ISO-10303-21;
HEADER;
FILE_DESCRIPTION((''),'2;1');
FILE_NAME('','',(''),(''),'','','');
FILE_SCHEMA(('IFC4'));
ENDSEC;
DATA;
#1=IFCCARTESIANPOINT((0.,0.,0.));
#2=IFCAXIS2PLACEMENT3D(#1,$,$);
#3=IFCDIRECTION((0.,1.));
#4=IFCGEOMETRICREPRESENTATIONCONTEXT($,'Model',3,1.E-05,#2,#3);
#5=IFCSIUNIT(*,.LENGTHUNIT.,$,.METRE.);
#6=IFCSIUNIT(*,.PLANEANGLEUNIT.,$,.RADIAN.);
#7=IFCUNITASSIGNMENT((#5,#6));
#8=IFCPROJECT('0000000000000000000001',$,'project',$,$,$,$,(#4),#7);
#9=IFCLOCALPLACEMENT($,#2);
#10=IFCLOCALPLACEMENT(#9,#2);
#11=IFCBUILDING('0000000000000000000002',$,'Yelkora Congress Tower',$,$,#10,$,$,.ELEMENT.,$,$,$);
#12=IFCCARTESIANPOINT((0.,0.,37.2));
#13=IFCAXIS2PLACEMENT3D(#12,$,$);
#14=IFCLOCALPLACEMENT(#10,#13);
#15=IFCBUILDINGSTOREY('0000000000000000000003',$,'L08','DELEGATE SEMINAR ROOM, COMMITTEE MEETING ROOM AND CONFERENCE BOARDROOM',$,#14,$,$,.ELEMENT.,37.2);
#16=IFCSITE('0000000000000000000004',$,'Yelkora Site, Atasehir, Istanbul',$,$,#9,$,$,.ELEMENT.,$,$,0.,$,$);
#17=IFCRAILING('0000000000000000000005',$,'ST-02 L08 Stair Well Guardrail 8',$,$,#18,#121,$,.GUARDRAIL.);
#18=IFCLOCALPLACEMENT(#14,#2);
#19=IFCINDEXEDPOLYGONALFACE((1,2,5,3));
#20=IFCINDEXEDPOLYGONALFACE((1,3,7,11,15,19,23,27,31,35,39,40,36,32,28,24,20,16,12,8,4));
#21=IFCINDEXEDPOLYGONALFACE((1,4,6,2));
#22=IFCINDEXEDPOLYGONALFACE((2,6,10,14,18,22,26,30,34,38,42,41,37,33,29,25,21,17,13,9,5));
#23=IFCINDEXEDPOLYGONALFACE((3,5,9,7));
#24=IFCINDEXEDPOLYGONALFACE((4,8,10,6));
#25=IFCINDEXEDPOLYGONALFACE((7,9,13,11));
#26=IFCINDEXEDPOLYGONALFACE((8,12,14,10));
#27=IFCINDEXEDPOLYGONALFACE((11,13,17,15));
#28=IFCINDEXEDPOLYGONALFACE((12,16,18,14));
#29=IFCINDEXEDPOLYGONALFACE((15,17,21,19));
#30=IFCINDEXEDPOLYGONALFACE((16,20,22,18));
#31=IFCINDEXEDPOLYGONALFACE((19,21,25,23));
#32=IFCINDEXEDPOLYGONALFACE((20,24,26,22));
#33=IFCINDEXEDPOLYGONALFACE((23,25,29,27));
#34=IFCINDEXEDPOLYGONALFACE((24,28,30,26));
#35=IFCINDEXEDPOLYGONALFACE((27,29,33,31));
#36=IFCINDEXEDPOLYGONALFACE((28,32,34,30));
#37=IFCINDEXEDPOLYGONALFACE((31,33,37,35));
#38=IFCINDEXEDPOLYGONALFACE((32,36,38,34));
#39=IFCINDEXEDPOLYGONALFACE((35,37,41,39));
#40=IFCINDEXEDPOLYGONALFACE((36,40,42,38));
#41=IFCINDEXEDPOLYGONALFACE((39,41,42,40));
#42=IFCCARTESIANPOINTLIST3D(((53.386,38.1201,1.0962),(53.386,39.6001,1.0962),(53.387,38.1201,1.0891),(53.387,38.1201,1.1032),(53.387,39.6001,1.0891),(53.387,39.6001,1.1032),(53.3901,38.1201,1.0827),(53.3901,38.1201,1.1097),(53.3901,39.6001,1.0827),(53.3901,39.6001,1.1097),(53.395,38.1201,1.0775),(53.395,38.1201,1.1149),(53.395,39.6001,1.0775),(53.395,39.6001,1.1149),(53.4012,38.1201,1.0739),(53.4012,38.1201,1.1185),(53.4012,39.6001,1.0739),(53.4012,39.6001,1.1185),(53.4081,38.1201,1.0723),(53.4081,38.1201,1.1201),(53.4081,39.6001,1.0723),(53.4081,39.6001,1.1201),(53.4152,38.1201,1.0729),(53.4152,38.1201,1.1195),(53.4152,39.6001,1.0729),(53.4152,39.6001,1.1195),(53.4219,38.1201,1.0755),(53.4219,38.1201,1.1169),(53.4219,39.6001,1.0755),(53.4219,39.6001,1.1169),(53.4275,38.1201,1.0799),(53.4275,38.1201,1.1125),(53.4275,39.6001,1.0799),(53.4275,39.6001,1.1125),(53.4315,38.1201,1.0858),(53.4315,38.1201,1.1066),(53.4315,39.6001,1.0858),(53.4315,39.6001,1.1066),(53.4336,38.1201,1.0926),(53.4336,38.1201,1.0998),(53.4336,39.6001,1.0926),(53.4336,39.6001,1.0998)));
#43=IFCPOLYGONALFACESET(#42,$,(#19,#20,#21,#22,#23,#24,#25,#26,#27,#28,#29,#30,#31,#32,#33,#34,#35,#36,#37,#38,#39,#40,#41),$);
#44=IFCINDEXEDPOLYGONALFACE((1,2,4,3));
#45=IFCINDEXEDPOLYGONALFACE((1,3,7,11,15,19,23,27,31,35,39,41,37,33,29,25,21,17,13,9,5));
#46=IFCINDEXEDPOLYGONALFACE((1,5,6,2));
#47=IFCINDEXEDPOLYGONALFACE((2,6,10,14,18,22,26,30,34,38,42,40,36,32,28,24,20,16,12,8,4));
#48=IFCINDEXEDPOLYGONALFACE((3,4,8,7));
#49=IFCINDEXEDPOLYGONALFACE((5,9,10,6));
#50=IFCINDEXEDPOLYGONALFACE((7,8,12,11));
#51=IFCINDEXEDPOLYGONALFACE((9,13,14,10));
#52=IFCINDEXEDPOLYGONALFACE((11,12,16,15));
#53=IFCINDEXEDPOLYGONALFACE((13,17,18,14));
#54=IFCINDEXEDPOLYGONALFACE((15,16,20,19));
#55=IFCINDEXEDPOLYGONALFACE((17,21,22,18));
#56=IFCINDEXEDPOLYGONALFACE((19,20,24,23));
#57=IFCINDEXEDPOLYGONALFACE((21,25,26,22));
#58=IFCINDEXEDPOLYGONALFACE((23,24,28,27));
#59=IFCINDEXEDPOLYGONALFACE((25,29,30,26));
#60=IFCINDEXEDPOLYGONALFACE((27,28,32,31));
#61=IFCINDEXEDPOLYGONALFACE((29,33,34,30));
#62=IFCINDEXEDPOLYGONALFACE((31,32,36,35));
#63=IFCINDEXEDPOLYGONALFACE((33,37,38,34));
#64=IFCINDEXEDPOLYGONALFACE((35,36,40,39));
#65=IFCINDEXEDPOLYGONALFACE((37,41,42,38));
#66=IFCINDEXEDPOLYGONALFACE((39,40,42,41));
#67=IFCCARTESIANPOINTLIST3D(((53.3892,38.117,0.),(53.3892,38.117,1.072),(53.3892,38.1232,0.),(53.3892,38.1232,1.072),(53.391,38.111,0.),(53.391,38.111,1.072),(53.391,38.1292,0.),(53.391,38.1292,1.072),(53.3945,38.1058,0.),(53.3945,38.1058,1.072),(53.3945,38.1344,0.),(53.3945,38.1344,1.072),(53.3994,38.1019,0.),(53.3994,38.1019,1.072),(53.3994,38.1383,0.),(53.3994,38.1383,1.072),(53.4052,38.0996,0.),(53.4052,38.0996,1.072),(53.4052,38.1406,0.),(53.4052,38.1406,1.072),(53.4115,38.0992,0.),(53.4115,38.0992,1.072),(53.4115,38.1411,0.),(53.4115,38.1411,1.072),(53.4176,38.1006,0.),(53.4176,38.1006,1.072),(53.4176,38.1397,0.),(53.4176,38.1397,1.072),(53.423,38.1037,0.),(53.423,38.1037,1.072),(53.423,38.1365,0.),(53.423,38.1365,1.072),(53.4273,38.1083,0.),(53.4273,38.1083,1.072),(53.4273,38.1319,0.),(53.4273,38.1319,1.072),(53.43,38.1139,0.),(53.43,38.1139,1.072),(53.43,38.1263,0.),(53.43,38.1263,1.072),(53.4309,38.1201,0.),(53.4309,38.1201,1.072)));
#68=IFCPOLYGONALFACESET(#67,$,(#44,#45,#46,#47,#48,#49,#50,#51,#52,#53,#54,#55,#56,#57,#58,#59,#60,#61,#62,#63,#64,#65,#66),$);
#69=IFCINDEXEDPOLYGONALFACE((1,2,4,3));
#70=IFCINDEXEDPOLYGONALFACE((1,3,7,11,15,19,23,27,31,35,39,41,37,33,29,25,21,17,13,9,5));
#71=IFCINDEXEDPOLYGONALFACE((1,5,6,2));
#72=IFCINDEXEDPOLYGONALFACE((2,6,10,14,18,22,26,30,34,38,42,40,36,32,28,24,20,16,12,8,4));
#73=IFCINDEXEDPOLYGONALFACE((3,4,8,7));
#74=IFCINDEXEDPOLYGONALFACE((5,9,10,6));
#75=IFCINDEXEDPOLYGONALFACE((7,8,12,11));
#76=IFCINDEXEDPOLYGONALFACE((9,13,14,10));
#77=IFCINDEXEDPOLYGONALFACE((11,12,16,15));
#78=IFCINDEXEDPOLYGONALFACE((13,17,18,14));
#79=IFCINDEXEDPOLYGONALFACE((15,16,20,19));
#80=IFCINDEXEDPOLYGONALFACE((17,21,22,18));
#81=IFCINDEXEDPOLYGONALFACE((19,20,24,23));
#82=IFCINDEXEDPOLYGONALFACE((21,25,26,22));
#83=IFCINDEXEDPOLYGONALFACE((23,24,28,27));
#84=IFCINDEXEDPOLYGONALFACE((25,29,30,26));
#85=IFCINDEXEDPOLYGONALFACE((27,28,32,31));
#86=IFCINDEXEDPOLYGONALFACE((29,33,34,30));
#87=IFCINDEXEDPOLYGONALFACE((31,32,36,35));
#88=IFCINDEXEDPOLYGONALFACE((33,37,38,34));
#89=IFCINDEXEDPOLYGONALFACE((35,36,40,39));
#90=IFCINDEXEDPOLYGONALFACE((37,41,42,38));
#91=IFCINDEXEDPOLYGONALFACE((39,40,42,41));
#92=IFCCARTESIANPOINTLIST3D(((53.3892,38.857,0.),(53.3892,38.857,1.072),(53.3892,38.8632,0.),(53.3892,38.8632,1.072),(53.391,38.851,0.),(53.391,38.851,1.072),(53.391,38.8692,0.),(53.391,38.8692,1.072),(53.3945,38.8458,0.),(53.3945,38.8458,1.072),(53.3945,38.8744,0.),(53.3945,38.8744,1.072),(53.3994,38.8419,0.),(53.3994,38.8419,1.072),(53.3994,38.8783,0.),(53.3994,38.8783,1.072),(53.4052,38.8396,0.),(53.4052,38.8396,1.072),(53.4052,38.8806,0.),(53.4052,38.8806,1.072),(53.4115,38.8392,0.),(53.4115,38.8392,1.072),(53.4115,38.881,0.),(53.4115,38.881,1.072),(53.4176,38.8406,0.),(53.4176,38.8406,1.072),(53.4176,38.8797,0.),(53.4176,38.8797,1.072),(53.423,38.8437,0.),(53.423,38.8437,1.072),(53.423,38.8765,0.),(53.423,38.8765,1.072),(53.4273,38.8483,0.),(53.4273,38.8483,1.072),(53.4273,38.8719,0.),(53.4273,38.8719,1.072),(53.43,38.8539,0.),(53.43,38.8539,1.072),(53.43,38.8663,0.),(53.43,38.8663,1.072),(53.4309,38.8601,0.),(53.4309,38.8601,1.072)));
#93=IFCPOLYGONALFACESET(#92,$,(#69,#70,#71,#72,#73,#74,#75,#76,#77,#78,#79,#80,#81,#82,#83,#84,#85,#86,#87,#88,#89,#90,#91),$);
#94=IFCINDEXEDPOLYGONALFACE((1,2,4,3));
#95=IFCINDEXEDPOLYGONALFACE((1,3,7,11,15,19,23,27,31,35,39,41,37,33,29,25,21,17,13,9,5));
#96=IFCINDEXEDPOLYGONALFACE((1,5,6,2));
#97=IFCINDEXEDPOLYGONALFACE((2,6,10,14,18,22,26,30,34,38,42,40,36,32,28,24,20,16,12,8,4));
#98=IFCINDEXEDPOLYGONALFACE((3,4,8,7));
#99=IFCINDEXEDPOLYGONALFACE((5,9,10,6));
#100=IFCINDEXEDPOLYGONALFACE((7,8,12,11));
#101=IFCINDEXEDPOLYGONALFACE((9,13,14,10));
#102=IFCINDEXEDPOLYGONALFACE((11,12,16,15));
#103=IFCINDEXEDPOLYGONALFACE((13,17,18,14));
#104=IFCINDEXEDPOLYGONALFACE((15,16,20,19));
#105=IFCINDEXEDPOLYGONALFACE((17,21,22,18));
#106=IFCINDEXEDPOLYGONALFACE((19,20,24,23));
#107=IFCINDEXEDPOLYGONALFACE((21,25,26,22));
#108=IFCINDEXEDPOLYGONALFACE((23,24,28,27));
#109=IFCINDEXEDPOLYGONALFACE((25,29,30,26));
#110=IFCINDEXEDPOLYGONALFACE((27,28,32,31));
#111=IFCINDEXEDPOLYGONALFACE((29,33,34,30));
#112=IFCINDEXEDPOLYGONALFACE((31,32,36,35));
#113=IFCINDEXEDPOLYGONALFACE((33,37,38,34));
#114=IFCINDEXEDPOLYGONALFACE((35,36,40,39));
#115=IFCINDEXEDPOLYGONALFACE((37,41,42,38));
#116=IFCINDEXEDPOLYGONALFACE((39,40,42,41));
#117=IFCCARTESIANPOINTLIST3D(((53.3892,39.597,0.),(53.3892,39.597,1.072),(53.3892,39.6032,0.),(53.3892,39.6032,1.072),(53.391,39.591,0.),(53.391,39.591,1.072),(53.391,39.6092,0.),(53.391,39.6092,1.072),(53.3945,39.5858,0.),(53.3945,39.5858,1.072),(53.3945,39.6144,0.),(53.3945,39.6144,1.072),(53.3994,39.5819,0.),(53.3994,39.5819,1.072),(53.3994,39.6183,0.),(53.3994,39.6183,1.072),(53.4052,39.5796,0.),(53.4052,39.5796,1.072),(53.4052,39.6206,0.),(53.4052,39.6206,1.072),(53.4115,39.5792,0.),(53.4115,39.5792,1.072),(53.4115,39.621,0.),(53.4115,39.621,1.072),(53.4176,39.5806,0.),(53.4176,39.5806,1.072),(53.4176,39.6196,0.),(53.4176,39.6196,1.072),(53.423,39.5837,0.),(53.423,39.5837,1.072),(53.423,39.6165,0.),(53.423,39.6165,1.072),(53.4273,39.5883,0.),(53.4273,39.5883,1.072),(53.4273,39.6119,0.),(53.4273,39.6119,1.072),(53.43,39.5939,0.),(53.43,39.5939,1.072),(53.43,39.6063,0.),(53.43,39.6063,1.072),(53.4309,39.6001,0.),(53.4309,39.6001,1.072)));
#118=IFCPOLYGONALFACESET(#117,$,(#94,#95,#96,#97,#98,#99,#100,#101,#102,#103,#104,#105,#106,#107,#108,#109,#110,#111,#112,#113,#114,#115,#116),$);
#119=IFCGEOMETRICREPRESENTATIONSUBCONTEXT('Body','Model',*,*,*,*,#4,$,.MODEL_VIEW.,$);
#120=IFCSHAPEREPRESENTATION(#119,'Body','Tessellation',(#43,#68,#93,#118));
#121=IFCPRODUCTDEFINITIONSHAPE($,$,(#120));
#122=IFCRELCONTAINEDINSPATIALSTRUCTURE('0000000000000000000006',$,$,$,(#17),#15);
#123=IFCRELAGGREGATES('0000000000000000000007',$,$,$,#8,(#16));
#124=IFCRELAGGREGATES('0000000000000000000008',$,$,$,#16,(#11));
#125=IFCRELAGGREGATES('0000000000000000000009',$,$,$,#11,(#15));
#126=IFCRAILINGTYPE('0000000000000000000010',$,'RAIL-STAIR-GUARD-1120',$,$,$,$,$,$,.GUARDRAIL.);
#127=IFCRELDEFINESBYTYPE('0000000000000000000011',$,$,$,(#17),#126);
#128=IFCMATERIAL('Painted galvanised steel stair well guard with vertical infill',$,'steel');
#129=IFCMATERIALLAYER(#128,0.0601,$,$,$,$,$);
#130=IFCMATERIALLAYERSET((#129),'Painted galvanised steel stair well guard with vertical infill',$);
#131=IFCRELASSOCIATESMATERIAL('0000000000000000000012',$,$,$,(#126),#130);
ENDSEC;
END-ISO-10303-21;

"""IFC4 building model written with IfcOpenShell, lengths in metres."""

from ifc_helpers import new_model, si_unit, direction, frame, origin, origin_2d, place, context, subcontext, project, spatial, circle, extrude, material, layer, layer_set, type_object, element, save


model = new_model("IFC4")

# Units and contexts
model_context = context("Model", 3, precision=1e-05, world=origin(), true_north=direction((0.0, 1.0)))
body_context = subcontext(model_context, "Body", "Model", "MODEL_VIEW")
ifc_project = project(units=[si_unit("LENGTHUNIT", "METRE"), si_unit("PLANEANGLEUNIT", "RADIAN")], contexts=[model_context])

# Site, building, storey
site_placement = place(None, origin())
site = spatial("IfcSite", under=ifc_project, at=site_placement, Name="Yelkora Site, Atasehir, Istanbul", CompositionType="ELEMENT", RefElevation=0.0)
building_placement = place(site_placement, origin())
building = spatial("IfcBuilding", under=site, at=building_placement, Name="Yelkora Congress Tower", CompositionType="ELEMENT")
storey_placement = place(building_placement, frame((0.0, 0.0, 37.2)))
storey = spatial("IfcBuildingStorey", under=building, at=storey_placement, Name="L08", Description="DELEGATE SEMINAR ROOM, COMMITTEE MEETING ROOM AND CONFERENCE BOARDROOM", CompositionType="ELEMENT", Elevation=37.2)

# Railing
ifc_material_1 = material(Name="Painted galvanised steel stair well guard with vertical infill", Category="steel")
ifc_layer_1 = layer(ifc_material_1, 0.0601)
ifc_layer_set_1 = layer_set([ifc_layer_1], Name="Painted galvanised steel stair well guard with vertical infill")
railing_type_1 = type_object("IfcRailingType", Name="RAIL-STAIR-GUARD-1120", PredefinedType="GUARDRAIL", material=ifc_layer_set_1)
railing_1_placement = place(storey_placement, frame((53.4099, 38.1201, 0.0)))
element("IfcRailing", 1, at=railing_1_placement, inside=storey, type_object=railing_type_1, Name="ST-02 L08 Stair Well Guardrail 8", PredefinedType="GUARDRAIL", context=body_context, shape_type="SweptSolid", body=[
    extrude(circle(Radius=0.0239, at=origin_2d()), frame((0.0, 0.0, 1.0962), z_axis=(0.0, 1.0, 0.0), x_axis=(-1.0, 0.0, 0.0)), (0.0, 0.0, 1.0), 1.48),
    extrude(circle(Radius=0.021, at=origin_2d()), origin(), (0.0, 0.0, 1.0), 1.072),
    extrude(circle(Radius=0.021, at=origin_2d()), frame((0.0, 0.74, 0.0)), (0.0, 0.0, 1.0), 1.072),
    extrude(circle(Radius=0.021, at=origin_2d()), frame((0.0, 1.48, 0.0)), (0.0, 0.0, 1.0), 1.072),
])

save(model, "model.ifc")
